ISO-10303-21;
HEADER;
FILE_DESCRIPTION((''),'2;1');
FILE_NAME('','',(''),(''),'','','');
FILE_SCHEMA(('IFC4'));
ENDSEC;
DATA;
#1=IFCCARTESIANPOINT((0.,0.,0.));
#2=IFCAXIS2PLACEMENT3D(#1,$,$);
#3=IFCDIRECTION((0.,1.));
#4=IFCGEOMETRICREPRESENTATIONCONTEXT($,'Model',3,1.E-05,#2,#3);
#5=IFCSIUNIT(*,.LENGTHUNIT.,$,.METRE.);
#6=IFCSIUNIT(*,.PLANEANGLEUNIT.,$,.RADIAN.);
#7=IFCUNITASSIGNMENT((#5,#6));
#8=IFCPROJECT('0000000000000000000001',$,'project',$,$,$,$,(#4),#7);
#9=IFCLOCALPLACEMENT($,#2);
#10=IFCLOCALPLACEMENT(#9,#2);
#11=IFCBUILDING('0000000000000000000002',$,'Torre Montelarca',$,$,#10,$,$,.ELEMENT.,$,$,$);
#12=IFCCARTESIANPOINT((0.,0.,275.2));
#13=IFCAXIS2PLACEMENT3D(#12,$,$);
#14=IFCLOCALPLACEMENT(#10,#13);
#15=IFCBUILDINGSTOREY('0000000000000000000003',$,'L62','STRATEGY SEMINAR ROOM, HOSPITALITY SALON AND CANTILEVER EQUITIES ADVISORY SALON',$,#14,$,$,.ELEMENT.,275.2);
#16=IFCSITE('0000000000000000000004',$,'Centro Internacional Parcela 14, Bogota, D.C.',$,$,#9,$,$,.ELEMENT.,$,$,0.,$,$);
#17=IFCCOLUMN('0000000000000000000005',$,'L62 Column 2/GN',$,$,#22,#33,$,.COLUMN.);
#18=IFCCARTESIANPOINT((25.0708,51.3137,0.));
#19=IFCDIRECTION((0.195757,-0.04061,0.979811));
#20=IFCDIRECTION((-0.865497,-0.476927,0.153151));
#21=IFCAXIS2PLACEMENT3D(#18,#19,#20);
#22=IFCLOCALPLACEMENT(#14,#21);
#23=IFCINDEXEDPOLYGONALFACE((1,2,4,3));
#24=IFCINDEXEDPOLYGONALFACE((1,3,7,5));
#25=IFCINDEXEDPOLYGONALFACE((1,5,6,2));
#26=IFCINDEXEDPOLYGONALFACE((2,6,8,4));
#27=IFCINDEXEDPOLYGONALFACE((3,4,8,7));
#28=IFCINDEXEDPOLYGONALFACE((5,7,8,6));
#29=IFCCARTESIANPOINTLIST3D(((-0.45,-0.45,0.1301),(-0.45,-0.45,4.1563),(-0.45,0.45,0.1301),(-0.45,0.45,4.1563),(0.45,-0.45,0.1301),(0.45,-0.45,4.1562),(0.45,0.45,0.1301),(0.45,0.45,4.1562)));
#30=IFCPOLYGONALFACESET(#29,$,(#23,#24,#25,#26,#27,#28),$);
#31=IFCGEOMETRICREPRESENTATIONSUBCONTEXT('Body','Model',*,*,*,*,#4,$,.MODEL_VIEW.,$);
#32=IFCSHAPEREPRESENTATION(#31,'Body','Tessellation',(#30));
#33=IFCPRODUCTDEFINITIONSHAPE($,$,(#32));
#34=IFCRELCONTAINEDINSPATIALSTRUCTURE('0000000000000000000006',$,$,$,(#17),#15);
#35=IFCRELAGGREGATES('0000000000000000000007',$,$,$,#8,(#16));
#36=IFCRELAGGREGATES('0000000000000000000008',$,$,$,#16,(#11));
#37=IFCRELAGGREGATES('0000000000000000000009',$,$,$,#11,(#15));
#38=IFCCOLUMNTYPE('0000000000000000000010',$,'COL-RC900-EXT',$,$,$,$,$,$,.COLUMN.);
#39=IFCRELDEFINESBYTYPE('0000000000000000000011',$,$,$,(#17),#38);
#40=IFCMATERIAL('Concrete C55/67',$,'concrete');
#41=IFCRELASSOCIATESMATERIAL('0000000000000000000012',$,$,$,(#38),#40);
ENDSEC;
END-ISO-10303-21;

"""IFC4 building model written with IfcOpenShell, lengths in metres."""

from ifc_helpers import new_model, si_unit, direction, frame, origin, origin_2d, place, context, subcontext, project, spatial, rectangle, extrude, clip, halfspace, material, material_profile, profile_set, type_object, element, save


model = new_model("IFC4")

# Units and contexts
model_context = context("Model", 3, precision=1e-05, world=origin(), true_north=direction((0.0, 1.0)))
body_context = subcontext(model_context, "Body", "Model", "MODEL_VIEW")
ifc_project = project(units=[si_unit("LENGTHUNIT", "METRE"), si_unit("PLANEANGLEUNIT", "RADIAN")], contexts=[model_context])

# Site, building, storey
site_placement = place(None, origin())
site = spatial("IfcSite", under=ifc_project, at=site_placement, Name="Centro Internacional Parcela 14, Bogota, D.C.", CompositionType="ELEMENT", RefElevation=0.0)
building_placement = place(site_placement, origin())
building = spatial("IfcBuilding", under=site, at=building_placement, Name="Torre Montelarca", CompositionType="ELEMENT")
storey_placement = place(building_placement, frame((0.0, 0.0, 275.2)))
storey = spatial("IfcBuildingStorey", under=building, at=storey_placement, Name="L62", Description="STRATEGY SEMINAR ROOM, HOSPITALITY SALON AND CANTILEVER EQUITIES ADVISORY SALON", CompositionType="ELEMENT", Elevation=275.2)

# Column
ifc_material_1 = material(Name="Concrete C55/67", Category="concrete")
ifc_material_profile_1 = material_profile(ifc_material_1, rectangle(XDim=0.8999, YDim=0.8999, at=origin_2d()), Name="RC900X900", Category="concrete")
ifc_profile_set_1 = profile_set([ifc_material_profile_1], Name="Concrete C55/67")
column_type = type_object("IfcColumnType", Name="COL-RC900-EXT", PredefinedType="COLUMN", material=ifc_profile_set_1)
column_placement = place(storey_placement, frame((25.0708, 51.3137, 0.0), z_axis=(0.195757, -0.04061, 0.979811), x_axis=(-0.865497, -0.476927, 0.153151)))
element("IfcColumn", 1, at=column_placement, inside=storey, type_object=column_type, Name="L62 Column 2/GN", PredefinedType="COLUMN", context=body_context, shape_type="Clipping", body=[
    clip(clip(extrude(rectangle(XDim=0.8999, YDim=0.8999, at=origin_2d()), origin(), (0.0, 0.0, 1.0), 4.2864), halfspace(frame((0.0, 0.0, 0.1301), z_axis=(0.0, 0.0, -1.0), x_axis=(1.0, 0.0, 0.0)), False)), halfspace(frame((0.0, 0.0, 4.1562), z_axis=(0.0, 0.0, 1.0), x_axis=(1.0, 0.0, 0.0)), False)),
])

save(model, "model.ifc")
